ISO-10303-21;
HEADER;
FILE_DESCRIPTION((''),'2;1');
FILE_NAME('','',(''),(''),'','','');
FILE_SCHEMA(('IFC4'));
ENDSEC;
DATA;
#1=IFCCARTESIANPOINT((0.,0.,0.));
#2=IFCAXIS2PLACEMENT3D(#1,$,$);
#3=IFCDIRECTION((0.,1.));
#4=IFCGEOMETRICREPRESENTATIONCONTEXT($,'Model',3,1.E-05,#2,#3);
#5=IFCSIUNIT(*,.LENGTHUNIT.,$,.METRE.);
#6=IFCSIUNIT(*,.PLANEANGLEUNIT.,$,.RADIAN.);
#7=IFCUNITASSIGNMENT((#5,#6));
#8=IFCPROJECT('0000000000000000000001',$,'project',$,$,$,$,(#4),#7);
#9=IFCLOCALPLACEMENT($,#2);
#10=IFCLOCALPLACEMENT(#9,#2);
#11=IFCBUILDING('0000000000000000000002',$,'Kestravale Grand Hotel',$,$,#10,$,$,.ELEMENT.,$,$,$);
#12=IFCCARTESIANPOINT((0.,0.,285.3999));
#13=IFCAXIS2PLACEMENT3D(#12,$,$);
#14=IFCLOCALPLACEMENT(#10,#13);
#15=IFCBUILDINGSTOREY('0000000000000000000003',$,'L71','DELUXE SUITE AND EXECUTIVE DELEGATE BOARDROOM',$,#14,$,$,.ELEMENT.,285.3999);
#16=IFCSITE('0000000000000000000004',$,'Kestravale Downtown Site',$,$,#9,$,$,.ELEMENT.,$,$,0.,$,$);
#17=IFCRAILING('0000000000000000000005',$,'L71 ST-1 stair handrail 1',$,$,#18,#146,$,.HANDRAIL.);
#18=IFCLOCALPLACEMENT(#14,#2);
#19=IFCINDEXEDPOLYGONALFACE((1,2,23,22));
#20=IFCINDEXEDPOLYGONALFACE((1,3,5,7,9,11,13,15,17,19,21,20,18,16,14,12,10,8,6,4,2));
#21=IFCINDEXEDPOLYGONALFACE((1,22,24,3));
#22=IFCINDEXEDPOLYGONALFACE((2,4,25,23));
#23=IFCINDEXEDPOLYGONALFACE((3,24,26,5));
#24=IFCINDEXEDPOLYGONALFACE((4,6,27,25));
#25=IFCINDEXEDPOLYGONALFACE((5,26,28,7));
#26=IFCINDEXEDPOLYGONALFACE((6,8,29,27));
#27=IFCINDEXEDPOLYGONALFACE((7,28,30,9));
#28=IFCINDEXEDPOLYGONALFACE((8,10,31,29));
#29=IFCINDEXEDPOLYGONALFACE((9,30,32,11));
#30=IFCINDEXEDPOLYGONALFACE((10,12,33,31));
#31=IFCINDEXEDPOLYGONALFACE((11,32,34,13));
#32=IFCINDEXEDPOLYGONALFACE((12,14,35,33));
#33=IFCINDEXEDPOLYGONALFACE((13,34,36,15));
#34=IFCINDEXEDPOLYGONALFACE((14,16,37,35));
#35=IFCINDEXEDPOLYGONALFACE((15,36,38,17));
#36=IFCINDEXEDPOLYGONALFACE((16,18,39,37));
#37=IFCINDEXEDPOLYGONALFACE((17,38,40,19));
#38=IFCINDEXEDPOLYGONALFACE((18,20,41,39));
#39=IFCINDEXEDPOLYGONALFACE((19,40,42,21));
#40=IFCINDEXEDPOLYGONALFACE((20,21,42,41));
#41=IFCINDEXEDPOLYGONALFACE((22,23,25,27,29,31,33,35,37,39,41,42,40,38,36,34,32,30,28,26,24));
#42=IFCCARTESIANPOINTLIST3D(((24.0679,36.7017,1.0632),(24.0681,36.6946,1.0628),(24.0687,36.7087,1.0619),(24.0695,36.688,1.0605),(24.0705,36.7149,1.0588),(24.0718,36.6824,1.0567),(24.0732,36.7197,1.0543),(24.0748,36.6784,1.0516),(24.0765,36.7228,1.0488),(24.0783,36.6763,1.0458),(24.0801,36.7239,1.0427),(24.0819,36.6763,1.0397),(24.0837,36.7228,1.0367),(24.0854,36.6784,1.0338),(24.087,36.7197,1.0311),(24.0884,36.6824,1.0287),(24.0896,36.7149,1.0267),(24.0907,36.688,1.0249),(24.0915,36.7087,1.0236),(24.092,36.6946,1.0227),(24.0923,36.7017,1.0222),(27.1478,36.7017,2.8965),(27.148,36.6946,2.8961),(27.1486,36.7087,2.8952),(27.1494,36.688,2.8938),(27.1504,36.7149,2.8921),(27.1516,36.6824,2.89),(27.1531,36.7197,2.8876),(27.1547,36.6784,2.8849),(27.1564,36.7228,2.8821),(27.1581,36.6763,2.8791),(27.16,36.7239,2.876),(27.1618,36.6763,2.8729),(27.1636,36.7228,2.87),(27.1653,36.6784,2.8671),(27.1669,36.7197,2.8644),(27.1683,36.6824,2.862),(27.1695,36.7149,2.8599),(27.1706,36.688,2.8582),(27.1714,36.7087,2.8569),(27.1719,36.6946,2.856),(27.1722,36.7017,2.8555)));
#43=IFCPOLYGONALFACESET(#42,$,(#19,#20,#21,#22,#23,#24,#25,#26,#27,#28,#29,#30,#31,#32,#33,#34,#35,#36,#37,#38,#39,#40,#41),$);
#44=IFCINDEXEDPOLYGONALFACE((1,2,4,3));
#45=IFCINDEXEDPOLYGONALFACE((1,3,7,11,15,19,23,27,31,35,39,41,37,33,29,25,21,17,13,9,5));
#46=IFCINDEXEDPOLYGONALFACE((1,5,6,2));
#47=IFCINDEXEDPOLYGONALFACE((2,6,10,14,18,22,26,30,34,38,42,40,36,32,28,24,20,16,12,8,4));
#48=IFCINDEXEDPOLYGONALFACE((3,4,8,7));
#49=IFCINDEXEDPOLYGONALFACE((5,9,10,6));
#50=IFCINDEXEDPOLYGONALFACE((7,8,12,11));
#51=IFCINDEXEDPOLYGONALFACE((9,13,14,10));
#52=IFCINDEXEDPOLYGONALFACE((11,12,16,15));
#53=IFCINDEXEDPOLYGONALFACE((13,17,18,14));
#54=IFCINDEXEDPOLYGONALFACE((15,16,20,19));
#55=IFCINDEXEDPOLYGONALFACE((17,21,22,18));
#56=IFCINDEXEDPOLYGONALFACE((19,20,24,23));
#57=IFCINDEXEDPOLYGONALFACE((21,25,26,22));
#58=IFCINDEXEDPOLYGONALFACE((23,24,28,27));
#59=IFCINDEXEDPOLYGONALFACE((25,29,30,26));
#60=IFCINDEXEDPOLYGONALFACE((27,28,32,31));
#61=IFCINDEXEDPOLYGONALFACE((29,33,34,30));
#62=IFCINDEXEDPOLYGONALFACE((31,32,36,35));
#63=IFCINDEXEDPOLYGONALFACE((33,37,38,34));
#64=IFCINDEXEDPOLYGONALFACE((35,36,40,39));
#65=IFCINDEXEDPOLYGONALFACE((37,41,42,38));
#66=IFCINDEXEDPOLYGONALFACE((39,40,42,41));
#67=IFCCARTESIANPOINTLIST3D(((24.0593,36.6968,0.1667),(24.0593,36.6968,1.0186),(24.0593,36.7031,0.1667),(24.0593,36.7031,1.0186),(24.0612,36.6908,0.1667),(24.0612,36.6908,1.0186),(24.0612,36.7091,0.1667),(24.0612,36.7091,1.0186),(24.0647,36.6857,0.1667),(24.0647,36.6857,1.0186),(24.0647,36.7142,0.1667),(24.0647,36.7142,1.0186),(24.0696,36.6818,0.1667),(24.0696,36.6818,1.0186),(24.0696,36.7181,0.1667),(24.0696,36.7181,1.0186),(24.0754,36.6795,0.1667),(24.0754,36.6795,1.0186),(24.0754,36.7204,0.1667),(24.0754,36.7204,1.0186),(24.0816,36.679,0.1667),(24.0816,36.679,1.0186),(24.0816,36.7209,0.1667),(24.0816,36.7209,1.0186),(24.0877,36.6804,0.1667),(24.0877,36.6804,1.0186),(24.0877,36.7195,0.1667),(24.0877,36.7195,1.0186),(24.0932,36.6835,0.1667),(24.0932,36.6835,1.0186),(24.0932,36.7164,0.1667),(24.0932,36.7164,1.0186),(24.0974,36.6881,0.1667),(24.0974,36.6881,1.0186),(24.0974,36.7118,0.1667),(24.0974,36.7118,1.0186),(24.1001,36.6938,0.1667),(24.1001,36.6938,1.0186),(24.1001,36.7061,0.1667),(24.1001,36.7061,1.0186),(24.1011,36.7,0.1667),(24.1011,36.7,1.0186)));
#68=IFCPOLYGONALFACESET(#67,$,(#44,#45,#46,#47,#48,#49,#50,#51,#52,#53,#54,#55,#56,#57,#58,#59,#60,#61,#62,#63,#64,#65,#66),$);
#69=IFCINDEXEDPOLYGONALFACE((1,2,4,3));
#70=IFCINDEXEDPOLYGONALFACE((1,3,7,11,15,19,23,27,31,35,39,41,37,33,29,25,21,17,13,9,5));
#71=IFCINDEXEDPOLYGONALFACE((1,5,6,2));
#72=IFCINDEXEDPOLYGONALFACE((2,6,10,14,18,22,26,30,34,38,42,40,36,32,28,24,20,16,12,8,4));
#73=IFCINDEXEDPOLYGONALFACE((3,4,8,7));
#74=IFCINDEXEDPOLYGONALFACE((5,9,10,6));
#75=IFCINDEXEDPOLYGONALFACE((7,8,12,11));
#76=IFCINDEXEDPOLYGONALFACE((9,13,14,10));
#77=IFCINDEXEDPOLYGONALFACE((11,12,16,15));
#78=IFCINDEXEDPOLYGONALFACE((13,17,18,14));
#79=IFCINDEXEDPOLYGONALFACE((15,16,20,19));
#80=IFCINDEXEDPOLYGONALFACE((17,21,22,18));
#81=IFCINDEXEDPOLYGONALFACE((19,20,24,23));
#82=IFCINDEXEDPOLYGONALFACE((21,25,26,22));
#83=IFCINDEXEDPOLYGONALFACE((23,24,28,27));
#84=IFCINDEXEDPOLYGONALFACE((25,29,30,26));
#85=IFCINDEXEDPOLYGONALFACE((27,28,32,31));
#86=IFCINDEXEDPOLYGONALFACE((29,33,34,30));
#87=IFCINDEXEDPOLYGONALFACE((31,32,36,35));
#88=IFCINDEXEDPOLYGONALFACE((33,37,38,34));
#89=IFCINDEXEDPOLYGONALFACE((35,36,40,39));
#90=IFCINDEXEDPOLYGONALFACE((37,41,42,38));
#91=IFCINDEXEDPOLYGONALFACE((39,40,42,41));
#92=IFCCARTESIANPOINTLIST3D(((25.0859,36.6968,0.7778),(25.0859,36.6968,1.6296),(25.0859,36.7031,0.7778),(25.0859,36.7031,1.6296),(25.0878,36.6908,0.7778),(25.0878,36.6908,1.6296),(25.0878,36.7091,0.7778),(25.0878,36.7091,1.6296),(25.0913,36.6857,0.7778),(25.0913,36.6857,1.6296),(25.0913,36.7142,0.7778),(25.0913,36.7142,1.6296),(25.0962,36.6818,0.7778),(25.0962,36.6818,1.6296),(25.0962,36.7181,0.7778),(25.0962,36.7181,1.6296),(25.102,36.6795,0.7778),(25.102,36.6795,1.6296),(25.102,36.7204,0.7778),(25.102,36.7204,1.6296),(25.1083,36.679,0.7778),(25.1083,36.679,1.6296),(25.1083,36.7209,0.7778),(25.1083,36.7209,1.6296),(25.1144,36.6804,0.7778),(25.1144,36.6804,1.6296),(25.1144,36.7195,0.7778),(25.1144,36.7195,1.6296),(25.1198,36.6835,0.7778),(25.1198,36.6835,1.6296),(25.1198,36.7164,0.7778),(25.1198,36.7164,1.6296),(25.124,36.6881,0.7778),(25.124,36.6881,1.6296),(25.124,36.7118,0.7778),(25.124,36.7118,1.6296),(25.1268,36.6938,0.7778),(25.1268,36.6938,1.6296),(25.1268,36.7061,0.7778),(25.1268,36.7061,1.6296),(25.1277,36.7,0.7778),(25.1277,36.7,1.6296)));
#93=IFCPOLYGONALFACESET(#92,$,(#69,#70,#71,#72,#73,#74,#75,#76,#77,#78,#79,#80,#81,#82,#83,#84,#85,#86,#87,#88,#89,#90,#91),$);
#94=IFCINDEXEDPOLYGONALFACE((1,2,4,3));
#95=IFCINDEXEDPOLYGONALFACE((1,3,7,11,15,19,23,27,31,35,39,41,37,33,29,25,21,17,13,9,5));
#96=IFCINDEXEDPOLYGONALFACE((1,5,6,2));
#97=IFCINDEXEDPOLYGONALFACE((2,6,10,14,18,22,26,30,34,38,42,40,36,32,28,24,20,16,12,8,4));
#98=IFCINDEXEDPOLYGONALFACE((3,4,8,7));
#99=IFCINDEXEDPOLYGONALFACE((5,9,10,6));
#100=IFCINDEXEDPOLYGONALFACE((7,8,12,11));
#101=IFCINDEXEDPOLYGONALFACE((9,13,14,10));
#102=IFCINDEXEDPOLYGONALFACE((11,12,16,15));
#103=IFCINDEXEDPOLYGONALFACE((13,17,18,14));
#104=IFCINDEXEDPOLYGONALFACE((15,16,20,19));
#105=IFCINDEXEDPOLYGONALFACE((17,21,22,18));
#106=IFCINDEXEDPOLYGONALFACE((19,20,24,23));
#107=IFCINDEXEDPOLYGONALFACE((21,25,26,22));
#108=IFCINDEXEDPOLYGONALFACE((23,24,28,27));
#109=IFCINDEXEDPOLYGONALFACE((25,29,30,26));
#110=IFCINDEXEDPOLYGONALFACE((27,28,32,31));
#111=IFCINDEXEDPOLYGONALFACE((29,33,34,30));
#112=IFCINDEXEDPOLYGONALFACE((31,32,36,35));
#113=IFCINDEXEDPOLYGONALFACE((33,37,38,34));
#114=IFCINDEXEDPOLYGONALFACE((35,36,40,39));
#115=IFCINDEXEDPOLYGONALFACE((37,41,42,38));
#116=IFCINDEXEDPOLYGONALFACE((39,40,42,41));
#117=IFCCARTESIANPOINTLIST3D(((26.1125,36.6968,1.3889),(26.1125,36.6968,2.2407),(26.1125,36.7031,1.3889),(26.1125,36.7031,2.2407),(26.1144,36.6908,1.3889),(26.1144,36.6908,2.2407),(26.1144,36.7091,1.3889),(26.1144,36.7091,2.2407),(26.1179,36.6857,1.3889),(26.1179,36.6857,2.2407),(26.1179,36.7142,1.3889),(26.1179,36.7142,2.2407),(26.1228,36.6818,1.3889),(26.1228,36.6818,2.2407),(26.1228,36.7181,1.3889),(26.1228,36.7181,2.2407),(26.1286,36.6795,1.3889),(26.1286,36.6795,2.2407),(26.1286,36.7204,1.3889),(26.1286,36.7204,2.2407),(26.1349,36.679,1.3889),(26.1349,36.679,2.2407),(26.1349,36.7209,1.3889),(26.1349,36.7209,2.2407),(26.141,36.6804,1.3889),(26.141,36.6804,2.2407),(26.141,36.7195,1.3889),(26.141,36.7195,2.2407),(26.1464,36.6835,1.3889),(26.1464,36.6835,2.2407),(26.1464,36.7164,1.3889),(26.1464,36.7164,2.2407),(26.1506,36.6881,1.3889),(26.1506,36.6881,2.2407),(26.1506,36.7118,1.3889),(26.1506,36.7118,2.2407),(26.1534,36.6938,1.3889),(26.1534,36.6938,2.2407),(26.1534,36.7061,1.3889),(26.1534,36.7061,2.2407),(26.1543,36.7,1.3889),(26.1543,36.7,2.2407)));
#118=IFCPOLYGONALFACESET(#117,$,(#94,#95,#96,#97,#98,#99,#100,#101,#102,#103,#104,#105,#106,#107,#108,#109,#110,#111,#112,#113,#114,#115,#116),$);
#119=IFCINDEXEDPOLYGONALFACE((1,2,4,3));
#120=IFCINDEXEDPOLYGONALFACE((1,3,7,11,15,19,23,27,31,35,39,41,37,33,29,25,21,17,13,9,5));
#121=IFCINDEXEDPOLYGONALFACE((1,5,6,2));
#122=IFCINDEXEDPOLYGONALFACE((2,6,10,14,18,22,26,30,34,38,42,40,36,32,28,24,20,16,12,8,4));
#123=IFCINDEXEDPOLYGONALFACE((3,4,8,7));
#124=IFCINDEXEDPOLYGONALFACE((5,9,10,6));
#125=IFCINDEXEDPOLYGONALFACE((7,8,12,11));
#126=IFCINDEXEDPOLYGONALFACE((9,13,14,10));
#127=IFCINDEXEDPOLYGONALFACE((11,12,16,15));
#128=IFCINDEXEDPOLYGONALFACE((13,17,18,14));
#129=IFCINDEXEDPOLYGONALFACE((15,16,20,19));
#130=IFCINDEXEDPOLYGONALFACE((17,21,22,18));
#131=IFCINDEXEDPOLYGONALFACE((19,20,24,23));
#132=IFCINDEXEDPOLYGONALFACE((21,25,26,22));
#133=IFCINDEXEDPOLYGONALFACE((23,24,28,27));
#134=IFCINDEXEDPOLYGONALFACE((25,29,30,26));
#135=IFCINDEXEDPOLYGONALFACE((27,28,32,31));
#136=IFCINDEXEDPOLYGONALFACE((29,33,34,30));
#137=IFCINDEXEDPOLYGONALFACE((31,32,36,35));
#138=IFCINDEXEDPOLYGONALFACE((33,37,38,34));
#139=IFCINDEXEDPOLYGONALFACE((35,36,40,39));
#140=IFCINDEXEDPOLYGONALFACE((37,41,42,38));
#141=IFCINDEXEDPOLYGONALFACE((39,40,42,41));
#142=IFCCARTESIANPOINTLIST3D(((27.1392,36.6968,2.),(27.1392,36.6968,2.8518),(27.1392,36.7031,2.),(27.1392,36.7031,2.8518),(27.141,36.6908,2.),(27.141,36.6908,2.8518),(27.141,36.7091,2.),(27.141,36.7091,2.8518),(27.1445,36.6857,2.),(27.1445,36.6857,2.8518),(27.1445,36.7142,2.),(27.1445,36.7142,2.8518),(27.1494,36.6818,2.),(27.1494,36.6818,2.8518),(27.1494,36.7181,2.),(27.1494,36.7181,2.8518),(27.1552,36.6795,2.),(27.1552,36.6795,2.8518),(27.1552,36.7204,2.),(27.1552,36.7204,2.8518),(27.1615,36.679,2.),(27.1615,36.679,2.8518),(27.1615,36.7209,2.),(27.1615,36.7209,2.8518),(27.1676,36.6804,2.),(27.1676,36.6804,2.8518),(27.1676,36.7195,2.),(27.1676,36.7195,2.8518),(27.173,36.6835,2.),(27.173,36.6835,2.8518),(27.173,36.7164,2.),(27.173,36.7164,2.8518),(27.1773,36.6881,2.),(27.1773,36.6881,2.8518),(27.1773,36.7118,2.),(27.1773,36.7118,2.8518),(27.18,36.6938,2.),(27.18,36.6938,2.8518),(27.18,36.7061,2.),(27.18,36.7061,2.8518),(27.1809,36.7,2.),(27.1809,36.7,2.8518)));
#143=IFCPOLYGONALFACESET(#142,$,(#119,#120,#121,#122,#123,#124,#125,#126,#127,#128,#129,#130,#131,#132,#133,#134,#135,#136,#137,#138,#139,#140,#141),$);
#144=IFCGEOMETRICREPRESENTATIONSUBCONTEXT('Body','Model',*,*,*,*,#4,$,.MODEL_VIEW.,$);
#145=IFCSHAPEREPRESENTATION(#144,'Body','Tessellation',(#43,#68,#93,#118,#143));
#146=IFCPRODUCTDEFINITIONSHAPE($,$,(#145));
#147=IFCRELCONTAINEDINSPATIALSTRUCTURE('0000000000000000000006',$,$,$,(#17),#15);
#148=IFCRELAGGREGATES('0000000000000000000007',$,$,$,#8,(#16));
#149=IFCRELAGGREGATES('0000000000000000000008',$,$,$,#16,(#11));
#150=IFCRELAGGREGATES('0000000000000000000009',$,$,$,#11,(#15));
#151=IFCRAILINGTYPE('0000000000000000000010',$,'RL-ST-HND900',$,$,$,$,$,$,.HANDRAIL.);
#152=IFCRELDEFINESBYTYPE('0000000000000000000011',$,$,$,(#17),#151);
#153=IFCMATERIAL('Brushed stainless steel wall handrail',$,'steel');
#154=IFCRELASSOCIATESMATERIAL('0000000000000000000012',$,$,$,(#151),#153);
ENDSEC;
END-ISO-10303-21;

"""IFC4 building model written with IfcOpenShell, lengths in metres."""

from ifc_helpers import new_model, si_unit, direction, frame, origin, origin_2d, place, context, subcontext, project, spatial, circle, extrude, material, type_object, element, save


model = new_model("IFC4")

# Units and contexts
model_context = context("Model", 3, precision=1e-05, world=origin(), true_north=direction((0.0, 1.0)))
body_context = subcontext(model_context, "Body", "Model", "MODEL_VIEW")
ifc_project = project(units=[si_unit("LENGTHUNIT", "METRE"), si_unit("PLANEANGLEUNIT", "RADIAN")], contexts=[model_context])

# Site, building, storey
site_placement = place(None, origin())
site = spatial("IfcSite", under=ifc_project, at=site_placement, Name="Kestravale Downtown Site", CompositionType="ELEMENT", RefElevation=0.0)
building_placement = place(site_placement, origin())
building = spatial("IfcBuilding", under=site, at=building_placement, Name="Kestravale Grand Hotel", CompositionType="ELEMENT")
storey_placement = place(building_placement, frame((0.0, 0.0, 285.3999)))
storey = spatial("IfcBuildingStorey", under=building, at=storey_placement, Name="L71", Description="DELUXE SUITE AND EXECUTIVE DELEGATE BOARDROOM", CompositionType="ELEMENT", Elevation=285.3999)

# Railing
ifc_material_1 = material(Name="Brushed stainless steel wall handrail", Category="steel")
railing_type_1 = type_object("IfcRailingType", Name="RL-ST-HND900", PredefinedType="HANDRAIL", material=ifc_material_1)
railing_1_placement = place(storey_placement, frame((24.0801, 36.7, 0.1667)))
element("IfcRailing", 1, at=railing_1_placement, inside=storey, type_object=railing_type_1, Name="L71 ST-1 stair handrail 1", PredefinedType="HANDRAIL", context=body_context, shape_type="SweptSolid", body=[
    extrude(circle(Radius=0.0239, at=origin_2d()), frame((0.0, 0.0, 0.876), z_axis=(0.859291, 0.0, 0.511487), x_axis=(0.0, 1.0, 0.0)), (0.0, 0.0, 1.0), 3.5842),
    extrude(circle(Radius=0.021, at=origin_2d()), origin(), (0.0, 0.0, 1.0), 0.8518),
    extrude(circle(Radius=0.021, at=origin_2d()), frame((1.0266, 0.0, 0.6111)), (0.0, 0.0, 1.0), 0.8518),
    extrude(circle(Radius=0.021, at=origin_2d()), frame((2.0532, 0.0, 1.2222)), (0.0, 0.0, 1.0), 0.8518),
    extrude(circle(Radius=0.021, at=origin_2d()), frame((3.0798, 0.0, 1.8333)), (0.0, 0.0, 1.0), 0.8518),
])

save(model, "model.ifc")
